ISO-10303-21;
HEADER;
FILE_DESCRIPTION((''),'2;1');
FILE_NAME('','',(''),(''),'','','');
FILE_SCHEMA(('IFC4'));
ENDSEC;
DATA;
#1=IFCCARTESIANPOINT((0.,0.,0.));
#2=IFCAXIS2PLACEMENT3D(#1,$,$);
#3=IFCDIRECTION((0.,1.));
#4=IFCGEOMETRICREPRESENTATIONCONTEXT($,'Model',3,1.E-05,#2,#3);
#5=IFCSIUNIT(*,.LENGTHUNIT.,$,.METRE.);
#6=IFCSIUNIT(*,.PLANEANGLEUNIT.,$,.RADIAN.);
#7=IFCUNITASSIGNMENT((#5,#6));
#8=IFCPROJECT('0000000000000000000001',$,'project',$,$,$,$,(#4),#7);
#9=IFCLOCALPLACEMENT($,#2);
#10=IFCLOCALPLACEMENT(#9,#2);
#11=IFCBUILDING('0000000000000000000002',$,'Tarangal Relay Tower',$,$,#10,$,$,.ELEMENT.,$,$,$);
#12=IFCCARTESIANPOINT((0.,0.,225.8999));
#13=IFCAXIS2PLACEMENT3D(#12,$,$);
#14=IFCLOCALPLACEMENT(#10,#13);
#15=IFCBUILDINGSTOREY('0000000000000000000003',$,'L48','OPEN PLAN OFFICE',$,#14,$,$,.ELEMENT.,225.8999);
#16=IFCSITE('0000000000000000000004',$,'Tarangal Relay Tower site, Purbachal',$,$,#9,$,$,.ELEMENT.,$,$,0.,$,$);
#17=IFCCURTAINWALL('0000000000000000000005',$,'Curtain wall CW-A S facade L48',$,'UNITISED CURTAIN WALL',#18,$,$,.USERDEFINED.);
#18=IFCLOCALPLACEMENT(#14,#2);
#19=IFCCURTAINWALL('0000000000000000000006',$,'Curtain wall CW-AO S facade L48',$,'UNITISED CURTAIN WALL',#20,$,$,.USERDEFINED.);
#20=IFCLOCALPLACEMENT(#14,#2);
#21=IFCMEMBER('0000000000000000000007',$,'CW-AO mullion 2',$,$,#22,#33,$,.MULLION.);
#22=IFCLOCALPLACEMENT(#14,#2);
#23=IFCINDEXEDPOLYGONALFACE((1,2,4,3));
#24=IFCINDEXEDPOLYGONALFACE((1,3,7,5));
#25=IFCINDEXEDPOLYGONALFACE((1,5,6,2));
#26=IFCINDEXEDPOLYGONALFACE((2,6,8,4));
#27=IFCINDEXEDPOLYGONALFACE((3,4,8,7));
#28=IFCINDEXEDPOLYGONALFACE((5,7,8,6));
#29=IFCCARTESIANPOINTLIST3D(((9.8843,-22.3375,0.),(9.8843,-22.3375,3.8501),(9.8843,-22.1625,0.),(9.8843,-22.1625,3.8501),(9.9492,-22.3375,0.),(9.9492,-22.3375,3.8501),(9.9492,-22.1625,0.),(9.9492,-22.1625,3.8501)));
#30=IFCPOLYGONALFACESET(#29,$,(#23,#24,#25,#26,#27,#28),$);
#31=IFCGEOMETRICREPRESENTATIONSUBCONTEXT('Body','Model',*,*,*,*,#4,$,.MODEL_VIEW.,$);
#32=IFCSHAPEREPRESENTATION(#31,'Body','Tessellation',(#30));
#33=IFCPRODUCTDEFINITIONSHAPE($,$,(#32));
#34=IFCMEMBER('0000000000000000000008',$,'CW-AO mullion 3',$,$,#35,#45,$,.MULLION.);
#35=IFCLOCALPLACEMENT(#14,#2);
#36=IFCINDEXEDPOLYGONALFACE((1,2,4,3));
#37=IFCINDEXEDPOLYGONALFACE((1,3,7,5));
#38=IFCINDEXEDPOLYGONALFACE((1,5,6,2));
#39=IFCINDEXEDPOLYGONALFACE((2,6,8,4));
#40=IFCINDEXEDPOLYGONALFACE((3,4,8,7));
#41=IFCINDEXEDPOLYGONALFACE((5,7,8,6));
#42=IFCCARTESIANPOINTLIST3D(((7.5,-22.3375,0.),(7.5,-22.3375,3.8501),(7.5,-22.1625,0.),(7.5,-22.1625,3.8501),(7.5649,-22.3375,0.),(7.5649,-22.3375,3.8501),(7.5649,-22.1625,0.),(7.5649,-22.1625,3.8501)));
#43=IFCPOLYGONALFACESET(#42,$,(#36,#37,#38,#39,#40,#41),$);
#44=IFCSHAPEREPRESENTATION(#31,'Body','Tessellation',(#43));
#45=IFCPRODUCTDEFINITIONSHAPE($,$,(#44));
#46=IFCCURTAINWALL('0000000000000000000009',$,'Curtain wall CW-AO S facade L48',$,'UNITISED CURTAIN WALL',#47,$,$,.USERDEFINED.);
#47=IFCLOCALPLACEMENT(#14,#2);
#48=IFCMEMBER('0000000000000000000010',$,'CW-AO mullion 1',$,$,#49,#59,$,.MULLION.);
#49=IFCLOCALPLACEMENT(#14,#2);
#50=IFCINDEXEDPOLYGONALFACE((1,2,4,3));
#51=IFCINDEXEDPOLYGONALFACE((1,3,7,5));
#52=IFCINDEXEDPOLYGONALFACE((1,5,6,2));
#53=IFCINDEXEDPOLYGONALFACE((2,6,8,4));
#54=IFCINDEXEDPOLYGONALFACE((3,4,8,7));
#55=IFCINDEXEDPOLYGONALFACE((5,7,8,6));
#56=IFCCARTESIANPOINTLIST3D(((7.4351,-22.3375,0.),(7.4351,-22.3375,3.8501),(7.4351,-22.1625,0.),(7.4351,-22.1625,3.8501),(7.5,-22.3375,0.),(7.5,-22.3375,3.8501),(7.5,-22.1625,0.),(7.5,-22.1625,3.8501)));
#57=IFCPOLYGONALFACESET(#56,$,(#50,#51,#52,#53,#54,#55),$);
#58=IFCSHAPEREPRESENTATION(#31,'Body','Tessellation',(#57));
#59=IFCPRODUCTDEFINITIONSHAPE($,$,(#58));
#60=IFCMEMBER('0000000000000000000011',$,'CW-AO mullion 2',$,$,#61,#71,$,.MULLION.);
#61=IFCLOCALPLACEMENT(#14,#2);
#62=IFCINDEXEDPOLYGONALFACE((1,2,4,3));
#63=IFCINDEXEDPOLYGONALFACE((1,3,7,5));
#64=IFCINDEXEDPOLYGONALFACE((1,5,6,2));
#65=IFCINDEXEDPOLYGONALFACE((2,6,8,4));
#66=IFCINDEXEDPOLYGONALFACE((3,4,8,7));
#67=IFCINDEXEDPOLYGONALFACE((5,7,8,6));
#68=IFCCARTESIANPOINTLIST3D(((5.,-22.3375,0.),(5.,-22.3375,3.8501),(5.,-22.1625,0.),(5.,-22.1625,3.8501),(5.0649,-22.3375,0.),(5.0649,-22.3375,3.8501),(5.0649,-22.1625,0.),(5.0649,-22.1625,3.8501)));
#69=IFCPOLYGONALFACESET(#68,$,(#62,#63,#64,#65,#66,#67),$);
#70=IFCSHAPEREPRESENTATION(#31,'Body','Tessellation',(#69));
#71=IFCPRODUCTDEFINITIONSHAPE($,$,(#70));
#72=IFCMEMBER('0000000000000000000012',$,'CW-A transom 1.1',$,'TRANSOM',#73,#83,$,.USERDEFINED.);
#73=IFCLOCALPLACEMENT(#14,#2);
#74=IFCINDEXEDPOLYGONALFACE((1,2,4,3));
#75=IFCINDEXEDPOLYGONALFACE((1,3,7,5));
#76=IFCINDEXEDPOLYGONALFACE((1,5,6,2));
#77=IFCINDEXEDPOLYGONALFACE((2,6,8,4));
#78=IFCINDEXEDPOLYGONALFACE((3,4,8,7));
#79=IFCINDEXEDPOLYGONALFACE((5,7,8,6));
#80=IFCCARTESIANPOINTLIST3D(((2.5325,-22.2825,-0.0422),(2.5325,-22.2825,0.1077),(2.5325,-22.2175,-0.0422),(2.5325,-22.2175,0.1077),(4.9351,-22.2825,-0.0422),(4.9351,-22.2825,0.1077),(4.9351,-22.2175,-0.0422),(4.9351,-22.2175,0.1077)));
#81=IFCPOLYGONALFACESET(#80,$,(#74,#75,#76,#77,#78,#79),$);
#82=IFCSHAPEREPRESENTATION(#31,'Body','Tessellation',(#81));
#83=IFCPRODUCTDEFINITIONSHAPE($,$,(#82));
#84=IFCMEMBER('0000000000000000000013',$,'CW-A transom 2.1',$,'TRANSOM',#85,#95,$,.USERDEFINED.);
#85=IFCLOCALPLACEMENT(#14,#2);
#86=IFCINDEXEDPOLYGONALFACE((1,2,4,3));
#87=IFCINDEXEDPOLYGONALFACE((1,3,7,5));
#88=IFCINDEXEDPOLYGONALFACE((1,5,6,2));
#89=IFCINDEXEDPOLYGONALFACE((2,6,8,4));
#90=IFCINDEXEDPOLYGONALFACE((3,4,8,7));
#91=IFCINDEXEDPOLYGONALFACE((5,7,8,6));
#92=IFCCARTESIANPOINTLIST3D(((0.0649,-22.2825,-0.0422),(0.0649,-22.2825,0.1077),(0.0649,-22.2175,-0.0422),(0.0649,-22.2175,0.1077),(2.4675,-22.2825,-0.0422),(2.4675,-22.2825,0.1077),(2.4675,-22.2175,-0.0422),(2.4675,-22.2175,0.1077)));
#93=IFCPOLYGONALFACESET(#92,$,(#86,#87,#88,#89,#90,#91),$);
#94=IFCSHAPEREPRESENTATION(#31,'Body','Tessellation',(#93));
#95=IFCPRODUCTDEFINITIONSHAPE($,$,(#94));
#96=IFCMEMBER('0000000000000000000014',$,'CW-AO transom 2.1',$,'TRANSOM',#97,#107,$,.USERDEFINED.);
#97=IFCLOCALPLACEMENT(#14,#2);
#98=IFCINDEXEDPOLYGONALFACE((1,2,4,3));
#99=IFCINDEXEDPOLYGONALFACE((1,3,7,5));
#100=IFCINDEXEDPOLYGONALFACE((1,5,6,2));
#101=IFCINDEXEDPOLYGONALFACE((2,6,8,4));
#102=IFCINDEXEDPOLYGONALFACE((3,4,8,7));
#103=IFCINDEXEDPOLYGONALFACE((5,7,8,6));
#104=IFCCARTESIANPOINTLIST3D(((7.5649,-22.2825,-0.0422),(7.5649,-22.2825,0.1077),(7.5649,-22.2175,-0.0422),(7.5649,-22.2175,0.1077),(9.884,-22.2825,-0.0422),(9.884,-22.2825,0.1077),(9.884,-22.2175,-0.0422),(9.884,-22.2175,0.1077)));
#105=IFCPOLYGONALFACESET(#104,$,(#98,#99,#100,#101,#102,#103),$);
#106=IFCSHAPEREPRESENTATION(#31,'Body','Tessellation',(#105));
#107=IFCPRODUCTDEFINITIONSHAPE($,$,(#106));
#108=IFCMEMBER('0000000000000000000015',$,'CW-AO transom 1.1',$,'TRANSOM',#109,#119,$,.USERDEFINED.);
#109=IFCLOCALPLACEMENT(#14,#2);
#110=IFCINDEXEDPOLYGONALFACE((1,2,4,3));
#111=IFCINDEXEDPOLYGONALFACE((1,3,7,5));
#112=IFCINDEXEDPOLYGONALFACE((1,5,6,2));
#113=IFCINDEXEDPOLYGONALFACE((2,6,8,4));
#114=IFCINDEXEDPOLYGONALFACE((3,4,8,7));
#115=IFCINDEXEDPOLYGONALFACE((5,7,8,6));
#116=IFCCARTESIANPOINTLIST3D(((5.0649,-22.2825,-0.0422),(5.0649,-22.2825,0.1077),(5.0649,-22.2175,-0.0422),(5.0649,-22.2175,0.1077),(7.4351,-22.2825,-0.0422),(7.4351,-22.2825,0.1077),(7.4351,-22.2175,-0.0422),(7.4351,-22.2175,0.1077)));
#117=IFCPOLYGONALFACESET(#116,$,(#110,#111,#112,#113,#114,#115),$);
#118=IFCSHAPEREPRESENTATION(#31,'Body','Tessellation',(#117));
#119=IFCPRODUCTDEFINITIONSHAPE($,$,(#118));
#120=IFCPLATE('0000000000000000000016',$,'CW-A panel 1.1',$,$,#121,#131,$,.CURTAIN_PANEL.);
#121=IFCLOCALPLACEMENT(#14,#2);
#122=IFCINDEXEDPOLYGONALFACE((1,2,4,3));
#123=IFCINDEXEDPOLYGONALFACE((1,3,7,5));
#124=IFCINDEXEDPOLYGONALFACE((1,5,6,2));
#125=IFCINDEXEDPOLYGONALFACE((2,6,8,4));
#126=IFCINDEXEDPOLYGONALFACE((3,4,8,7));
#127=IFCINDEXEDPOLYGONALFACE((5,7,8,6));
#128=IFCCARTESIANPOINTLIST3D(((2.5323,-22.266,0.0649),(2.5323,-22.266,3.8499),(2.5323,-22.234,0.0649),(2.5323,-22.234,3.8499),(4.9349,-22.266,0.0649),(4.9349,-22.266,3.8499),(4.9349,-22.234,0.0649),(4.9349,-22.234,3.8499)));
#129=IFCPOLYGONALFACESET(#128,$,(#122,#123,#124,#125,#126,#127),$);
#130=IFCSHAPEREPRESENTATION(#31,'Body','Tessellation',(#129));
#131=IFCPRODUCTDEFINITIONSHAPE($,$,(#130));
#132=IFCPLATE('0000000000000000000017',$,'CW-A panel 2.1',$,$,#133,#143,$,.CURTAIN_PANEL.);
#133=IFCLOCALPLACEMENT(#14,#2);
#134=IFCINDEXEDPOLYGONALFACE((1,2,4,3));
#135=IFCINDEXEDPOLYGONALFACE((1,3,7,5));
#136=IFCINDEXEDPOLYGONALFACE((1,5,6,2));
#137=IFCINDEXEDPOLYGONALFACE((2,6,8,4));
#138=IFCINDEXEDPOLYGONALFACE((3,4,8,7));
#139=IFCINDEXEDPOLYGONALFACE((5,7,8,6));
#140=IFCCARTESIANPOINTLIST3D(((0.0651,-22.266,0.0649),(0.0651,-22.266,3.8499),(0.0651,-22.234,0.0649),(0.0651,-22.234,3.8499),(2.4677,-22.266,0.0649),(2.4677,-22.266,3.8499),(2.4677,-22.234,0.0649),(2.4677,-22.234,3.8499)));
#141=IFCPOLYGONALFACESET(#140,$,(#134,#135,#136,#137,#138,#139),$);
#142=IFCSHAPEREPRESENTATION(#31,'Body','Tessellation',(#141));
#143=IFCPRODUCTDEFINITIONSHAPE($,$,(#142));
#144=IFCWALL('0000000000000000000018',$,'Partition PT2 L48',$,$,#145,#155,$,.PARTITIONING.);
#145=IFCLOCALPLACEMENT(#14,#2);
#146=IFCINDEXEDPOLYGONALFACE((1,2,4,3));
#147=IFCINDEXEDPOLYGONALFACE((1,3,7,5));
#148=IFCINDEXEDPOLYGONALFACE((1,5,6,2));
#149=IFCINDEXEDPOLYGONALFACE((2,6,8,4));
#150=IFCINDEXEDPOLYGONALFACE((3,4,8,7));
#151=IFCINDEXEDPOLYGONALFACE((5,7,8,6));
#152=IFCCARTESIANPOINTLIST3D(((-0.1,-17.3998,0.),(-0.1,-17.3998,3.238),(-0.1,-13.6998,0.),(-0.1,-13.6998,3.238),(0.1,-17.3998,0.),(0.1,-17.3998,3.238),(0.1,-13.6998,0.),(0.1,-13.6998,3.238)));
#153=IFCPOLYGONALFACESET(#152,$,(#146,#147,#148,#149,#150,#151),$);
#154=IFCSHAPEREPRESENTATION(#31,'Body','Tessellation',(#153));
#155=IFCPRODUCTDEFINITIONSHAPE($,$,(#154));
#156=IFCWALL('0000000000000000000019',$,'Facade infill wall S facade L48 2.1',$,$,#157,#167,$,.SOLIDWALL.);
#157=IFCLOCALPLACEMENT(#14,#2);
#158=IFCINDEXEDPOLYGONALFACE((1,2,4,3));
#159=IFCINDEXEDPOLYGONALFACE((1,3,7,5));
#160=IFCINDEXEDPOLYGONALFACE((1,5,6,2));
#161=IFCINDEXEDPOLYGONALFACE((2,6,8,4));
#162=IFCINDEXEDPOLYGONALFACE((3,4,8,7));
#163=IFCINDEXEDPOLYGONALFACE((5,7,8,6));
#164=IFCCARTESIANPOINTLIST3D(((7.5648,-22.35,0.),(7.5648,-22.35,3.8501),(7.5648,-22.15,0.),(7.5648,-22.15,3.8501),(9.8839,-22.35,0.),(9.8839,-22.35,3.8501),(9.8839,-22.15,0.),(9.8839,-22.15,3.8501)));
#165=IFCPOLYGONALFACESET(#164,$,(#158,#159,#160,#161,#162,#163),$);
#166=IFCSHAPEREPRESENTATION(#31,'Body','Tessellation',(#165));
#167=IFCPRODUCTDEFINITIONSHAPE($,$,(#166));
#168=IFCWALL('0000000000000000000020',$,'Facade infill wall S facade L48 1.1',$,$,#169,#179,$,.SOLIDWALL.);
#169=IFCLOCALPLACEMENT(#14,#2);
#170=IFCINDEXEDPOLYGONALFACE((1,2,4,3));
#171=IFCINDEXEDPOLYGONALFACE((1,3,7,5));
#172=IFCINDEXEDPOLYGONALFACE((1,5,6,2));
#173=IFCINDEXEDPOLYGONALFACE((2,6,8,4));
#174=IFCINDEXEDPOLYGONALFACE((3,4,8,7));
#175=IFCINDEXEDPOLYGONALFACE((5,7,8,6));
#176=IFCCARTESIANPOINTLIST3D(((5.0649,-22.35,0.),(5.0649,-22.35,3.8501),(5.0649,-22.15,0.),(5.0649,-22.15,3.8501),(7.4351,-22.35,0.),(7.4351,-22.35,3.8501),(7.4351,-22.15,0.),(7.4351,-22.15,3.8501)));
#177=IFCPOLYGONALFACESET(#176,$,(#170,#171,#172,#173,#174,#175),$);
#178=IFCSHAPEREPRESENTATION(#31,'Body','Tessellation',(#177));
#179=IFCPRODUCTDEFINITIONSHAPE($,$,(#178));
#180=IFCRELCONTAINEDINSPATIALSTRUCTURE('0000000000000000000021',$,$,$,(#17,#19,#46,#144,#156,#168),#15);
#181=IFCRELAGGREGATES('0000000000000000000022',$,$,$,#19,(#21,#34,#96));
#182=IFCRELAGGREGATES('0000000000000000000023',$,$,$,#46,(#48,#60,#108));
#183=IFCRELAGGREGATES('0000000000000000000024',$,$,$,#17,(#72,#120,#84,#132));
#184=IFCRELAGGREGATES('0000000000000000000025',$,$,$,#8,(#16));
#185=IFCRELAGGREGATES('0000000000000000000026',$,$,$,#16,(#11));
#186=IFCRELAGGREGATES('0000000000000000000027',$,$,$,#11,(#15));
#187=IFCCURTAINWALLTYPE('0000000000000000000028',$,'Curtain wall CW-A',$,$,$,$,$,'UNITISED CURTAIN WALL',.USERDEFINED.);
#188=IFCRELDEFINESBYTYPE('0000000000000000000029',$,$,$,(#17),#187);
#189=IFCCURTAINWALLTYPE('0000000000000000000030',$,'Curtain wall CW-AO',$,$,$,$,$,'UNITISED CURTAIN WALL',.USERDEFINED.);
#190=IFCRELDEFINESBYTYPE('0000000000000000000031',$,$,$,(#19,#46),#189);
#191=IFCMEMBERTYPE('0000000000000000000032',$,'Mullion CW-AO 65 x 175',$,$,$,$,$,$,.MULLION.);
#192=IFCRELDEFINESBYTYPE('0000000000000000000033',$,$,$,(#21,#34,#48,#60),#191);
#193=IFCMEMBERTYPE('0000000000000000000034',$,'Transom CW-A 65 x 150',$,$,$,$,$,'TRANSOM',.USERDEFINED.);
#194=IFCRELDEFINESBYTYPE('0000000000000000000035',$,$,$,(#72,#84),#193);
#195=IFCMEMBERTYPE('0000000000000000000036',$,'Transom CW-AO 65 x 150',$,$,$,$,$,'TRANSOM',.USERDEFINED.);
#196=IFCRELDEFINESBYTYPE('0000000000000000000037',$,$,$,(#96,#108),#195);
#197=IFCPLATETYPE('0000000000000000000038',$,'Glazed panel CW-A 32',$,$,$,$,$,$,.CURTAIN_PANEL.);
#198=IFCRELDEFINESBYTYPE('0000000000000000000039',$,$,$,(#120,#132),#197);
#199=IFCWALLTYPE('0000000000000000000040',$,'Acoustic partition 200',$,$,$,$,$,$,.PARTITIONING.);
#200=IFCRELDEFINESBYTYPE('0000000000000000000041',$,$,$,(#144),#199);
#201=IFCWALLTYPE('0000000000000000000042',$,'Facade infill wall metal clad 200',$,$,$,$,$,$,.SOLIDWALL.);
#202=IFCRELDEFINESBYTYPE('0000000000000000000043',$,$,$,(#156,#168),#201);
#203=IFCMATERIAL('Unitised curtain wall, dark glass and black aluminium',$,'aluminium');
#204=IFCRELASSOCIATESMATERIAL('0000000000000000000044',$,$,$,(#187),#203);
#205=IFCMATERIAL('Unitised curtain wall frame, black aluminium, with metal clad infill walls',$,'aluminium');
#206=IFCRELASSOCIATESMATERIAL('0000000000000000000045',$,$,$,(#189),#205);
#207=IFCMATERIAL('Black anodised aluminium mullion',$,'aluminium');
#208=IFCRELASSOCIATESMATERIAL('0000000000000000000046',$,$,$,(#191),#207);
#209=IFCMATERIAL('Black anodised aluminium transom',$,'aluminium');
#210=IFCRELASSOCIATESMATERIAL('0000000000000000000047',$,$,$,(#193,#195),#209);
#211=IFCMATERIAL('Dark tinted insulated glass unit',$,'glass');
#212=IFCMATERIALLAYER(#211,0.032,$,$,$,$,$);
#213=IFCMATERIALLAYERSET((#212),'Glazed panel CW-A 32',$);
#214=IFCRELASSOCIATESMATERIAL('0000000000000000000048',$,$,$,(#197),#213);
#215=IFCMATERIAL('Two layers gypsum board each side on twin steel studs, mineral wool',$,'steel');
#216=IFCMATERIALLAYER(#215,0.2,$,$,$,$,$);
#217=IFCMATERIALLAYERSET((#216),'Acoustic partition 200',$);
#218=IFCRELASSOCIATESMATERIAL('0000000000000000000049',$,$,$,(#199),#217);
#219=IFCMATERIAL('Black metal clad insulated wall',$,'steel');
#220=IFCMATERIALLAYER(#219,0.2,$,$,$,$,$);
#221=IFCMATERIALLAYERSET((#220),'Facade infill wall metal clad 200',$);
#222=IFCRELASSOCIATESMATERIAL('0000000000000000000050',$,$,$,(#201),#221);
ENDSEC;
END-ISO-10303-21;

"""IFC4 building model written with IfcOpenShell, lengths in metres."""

from ifc_helpers import new_model, si_unit, direction, frame, frame_2d, origin, origin_2d, place, context, subcontext, project, spatial, rectangle, extrude, material, layer, layer_set, material_profile, profile_set, type_object, element, aggregate, save


model = new_model("IFC4")

# Units and contexts
model_context = context("Model", 3, precision=1e-05, world=origin(), true_north=direction((0.0, 1.0)))
body_context = subcontext(model_context, "Body", "Model", "MODEL_VIEW")
ifc_project = project(units=[si_unit("LENGTHUNIT", "METRE"), si_unit("PLANEANGLEUNIT", "RADIAN")], contexts=[model_context])

# Site, building, storey
site_placement = place(None, origin())
site = spatial("IfcSite", under=ifc_project, at=site_placement, Name="Tarangal Relay Tower site, Purbachal", CompositionType="ELEMENT", RefElevation=0.0)
building_placement = place(site_placement, origin())
building = spatial("IfcBuilding", under=site, at=building_placement, Name="Tarangal Relay Tower", CompositionType="ELEMENT")
storey_placement = place(building_placement, frame((0.0, 0.0, 225.8999)))
storey = spatial("IfcBuildingStorey", under=building, at=storey_placement, Name="L48", Description="OPEN PLAN OFFICE", CompositionType="ELEMENT", Elevation=225.8999)

# Curtain walls, members
ifc_material_1 = material(Name="Unitised curtain wall, dark glass and black aluminium", Category="aluminium")
curtain_wall_type_1 = type_object("IfcCurtainWallType", Name="Curtain wall CW-A", ElementType="UNITISED CURTAIN WALL", PredefinedType="USERDEFINED", material=ifc_material_1)
curtain_wall_1_placement = place(storey_placement, origin())
curtain_wall_1 = element("IfcCurtainWall", 1, at=curtain_wall_1_placement, inside=storey, type_object=curtain_wall_type_1, Name="Curtain wall CW-A S facade L48", ObjectType="UNITISED CURTAIN WALL", PredefinedType="USERDEFINED")
ifc_material_2 = material(Name="Black anodised aluminium mullion", Category="aluminium")
ifc_material_3 = material(Name="Unitised curtain wall frame, black aluminium, with metal clad infill walls", Category="aluminium")
curtain_wall_type_2 = type_object("IfcCurtainWallType", Name="Curtain wall CW-AO", ElementType="UNITISED CURTAIN WALL", PredefinedType="USERDEFINED", material=ifc_material_3)
curtain_wall_2_placement = place(storey_placement, origin())
curtain_wall_2 = element("IfcCurtainWall", 2, at=curtain_wall_2_placement, inside=storey, type_object=curtain_wall_type_2, Name="Curtain wall CW-AO S facade L48", ObjectType="UNITISED CURTAIN WALL", PredefinedType="USERDEFINED")
ifc_material_profile_1 = material_profile(ifc_material_2, rectangle(XDim=0.175, YDim=0.0649, at=origin_2d()), Name="CW-AOM 65X175")
ifc_profile_set_1 = profile_set([ifc_material_profile_1], Name="Black anodised aluminium mullion")
member_type_1 = type_object("IfcMemberType", Name="Mullion CW-AO 65 x 175", PredefinedType="MULLION", material=ifc_profile_set_1)
member_1_placement = place(storey_placement, frame((9.9167, -22.25, 0.0), z_axis=(0.0, 0.0, 1.0), x_axis=(0.0, -1.0, 0.0)))
member_1 = element("IfcMember", 3, at=member_1_placement, type_object=member_type_1, Name="CW-AO mullion 2", PredefinedType="MULLION", context=body_context, shape_type="SweptSolid", body=[
    extrude(rectangle(XDim=0.175, YDim=0.0649, at=origin_2d()), origin(), (0.0, 0.0, 1.0), 3.8501),
])
member_2_placement = place(storey_placement, frame((7.5325, -22.25, 0.0), z_axis=(0.0, 0.0, 1.0), x_axis=(0.0, -1.0, 0.0)))
member_2 = element("IfcMember", 4, at=member_2_placement, type_object=member_type_1, Name="CW-AO mullion 3", PredefinedType="MULLION", context=body_context, shape_type="SweptSolid", body=[
    extrude(rectangle(XDim=0.175, YDim=0.0649, at=origin_2d()), origin(), (0.0, 0.0, 1.0), 3.8501),
])
curtain_wall_3_placement = place(storey_placement, origin())
curtain_wall_3 = element("IfcCurtainWall", 5, at=curtain_wall_3_placement, inside=storey, type_object=curtain_wall_type_2, Name="Curtain wall CW-AO S facade L48", ObjectType="UNITISED CURTAIN WALL", PredefinedType="USERDEFINED")
member_3_placement = place(storey_placement, frame((7.4675, -22.25, 0.0), z_axis=(0.0, 0.0, 1.0), x_axis=(0.0, -1.0, 0.0)))
member_3 = element("IfcMember", 6, at=member_3_placement, type_object=member_type_1, Name="CW-AO mullion 1", PredefinedType="MULLION", context=body_context, shape_type="SweptSolid", body=[
    extrude(rectangle(XDim=0.175, YDim=0.0649, at=origin_2d()), origin(), (0.0, 0.0, 1.0), 3.8501),
])
member_4_placement = place(storey_placement, frame((5.0325, -22.25, 0.0), z_axis=(0.0, 0.0, 1.0), x_axis=(0.0, -1.0, 0.0)))
member_4 = element("IfcMember", 7, at=member_4_placement, type_object=member_type_1, Name="CW-AO mullion 2", PredefinedType="MULLION", context=body_context, shape_type="SweptSolid", body=[
    extrude(rectangle(XDim=0.175, YDim=0.0649, at=origin_2d()), origin(), (0.0, 0.0, 1.0), 3.8501),
])

# Members
ifc_material_4 = material(Name="Black anodised aluminium transom", Category="aluminium")
ifc_material_profile_2 = material_profile(ifc_material_4, rectangle(XDim=0.0649, YDim=0.1499, at=origin_2d()), Name="CW-AT 65X150")
ifc_profile_set_2 = profile_set([ifc_material_profile_2], Name="Black anodised aluminium transom")
member_type_2 = type_object("IfcMemberType", Name="Transom CW-A 65 x 150", ElementType="TRANSOM", PredefinedType="USERDEFINED", material=ifc_profile_set_2)
member_5_placement = place(storey_placement, frame((4.9351, -22.25, 0.0327), z_axis=(-1.0, 0.0, 0.0), x_axis=(0.0, -1.0, 0.0)))
member_5 = element("IfcMember", 8, at=member_5_placement, type_object=member_type_2, Name="CW-A transom 1.1", ObjectType="TRANSOM", PredefinedType="USERDEFINED", context=body_context, shape_type="SweptSolid", body=[
    extrude(rectangle(XDim=0.0649, YDim=0.1499, at=origin_2d()), origin(), (0.0, 0.0, 1.0), 2.4026),
])
member_6_placement = place(storey_placement, frame((2.4675, -22.25, 0.0327), z_axis=(-1.0, 0.0, 0.0), x_axis=(0.0, -1.0, 0.0)))
member_6 = element("IfcMember", 9, at=member_6_placement, type_object=member_type_2, Name="CW-A transom 2.1", ObjectType="TRANSOM", PredefinedType="USERDEFINED", context=body_context, shape_type="SweptSolid", body=[
    extrude(rectangle(XDim=0.0649, YDim=0.1499, at=origin_2d()), origin(), (0.0, 0.0, 1.0), 2.4026),
])
ifc_material_profile_3 = material_profile(ifc_material_4, rectangle(XDim=0.0649, YDim=0.1499, at=origin_2d()), Name="CW-AOT 65X150")
ifc_profile_set_3 = profile_set([ifc_material_profile_3], Name="Black anodised aluminium transom")
member_type_3 = type_object("IfcMemberType", Name="Transom CW-AO 65 x 150", ElementType="TRANSOM", PredefinedType="USERDEFINED", material=ifc_profile_set_3)
member_7_placement = place(storey_placement, frame((9.884, -22.25, 0.0327), z_axis=(-1.0, 0.0, 0.0), x_axis=(0.0, -1.0, 0.0)))
member_7 = element("IfcMember", 10, at=member_7_placement, type_object=member_type_3, Name="CW-AO transom 2.1", ObjectType="TRANSOM", PredefinedType="USERDEFINED", context=body_context, shape_type="SweptSolid", body=[
    extrude(rectangle(XDim=0.0649, YDim=0.1499, at=origin_2d()), origin(), (0.0, 0.0, 1.0), 2.3191),
])
aggregate(curtain_wall_2, [member_1, member_2, member_7])
member_8_placement = place(storey_placement, frame((7.4351, -22.25, 0.0327), z_axis=(-1.0, 0.0, 0.0), x_axis=(0.0, -1.0, 0.0)))
member_8 = element("IfcMember", 11, at=member_8_placement, type_object=member_type_3, Name="CW-AO transom 1.1", ObjectType="TRANSOM", PredefinedType="USERDEFINED", context=body_context, shape_type="SweptSolid", body=[
    extrude(rectangle(XDim=0.0649, YDim=0.1499, at=origin_2d()), origin(), (0.0, 0.0, 1.0), 2.3701),
])
aggregate(curtain_wall_3, [member_3, member_4, member_8])

# Plates
ifc_material_5 = material(Name="Dark tinted insulated glass unit", Category="glass")
ifc_layer_1 = layer(ifc_material_5, 0.032)
ifc_layer_set_1 = layer_set([ifc_layer_1], Name="Glazed panel CW-A 32")
plate_type = type_object("IfcPlateType", Name="Glazed panel CW-A 32", PredefinedType="CURTAIN_PANEL", material=ifc_layer_set_1)
plate_1_placement = place(storey_placement, frame((3.7336, -22.25, 0.0649), z_axis=(0.0, 0.0, 1.0), x_axis=(-1.0, 0.0, 0.0)))
plate_1 = element("IfcPlate", 12, at=plate_1_placement, type_object=plate_type, Name="CW-A panel 1.1", PredefinedType="CURTAIN_PANEL", context=body_context, shape_type="SweptSolid", body=[
    extrude(rectangle(XDim=2.4026, YDim=0.032, at=origin_2d()), origin(), (0.0, 0.0, 1.0), 3.7849),
])
plate_2_placement = place(storey_placement, frame((1.2664, -22.25, 0.0649), z_axis=(0.0, 0.0, 1.0), x_axis=(-1.0, 0.0, 0.0)))
plate_2 = element("IfcPlate", 13, at=plate_2_placement, type_object=plate_type, Name="CW-A panel 2.1", PredefinedType="CURTAIN_PANEL", context=body_context, shape_type="SweptSolid", body=[
    extrude(rectangle(XDim=2.4026, YDim=0.032, at=origin_2d()), origin(), (0.0, 0.0, 1.0), 3.7849),
])
aggregate(curtain_wall_1, [member_5, plate_1, member_6, plate_2])

# Walls
ifc_material_6 = material(Name="Two layers gypsum board each side on twin steel studs, mineral wool", Category="steel")
ifc_layer_2 = layer(ifc_material_6, 0.2)
ifc_layer_set_2 = layer_set([ifc_layer_2], Name="Acoustic partition 200")
wall_type_1 = type_object("IfcWallType", Name="Acoustic partition 200", PredefinedType="PARTITIONING", material=ifc_layer_set_2)
wall_1_placement = place(storey_placement, frame((0.0, -17.3999, 0.0), z_axis=(0.0, 0.0, 1.0), x_axis=(0.0, 1.0, 0.0)))
element("IfcWall", 14, at=wall_1_placement, inside=storey, type_object=wall_type_1, Name="Partition PT2 L48", PredefinedType="PARTITIONING", context=body_context, shape_type="SweptSolid", body=[
    extrude(rectangle(XDim=3.7, YDim=0.2, at=frame_2d((1.8501, 0.0))), origin(), (0.0, 0.0, 1.0), 3.238),
])
ifc_material_7 = material(Name="Black metal clad insulated wall", Category="steel")
ifc_layer_3 = layer(ifc_material_7, 0.2)
ifc_layer_set_3 = layer_set([ifc_layer_3], Name="Facade infill wall metal clad 200")
wall_type_2 = type_object("IfcWallType", Name="Facade infill wall metal clad 200", PredefinedType="SOLIDWALL", material=ifc_layer_set_3)
wall_2_placement = place(storey_placement, frame((9.884, -22.25, 0.0), z_axis=(0.0, 0.0, 1.0), x_axis=(-1.0, 0.0, 0.0)))
element("IfcWall", 15, at=wall_2_placement, inside=storey, type_object=wall_type_2, Name="Facade infill wall S facade L48 2.1", PredefinedType="SOLIDWALL", context=body_context, shape_type="SweptSolid", body=[
    extrude(rectangle(XDim=2.3191, YDim=0.2, at=frame_2d((1.1597, 0.0))), origin(), (0.0, 0.0, 1.0), 3.8501),
])
wall_3_placement = place(storey_placement, frame((7.4351, -22.25, 0.0), z_axis=(0.0, 0.0, 1.0), x_axis=(-1.0, 0.0, 0.0)))
element("IfcWall", 16, at=wall_3_placement, inside=storey, type_object=wall_type_2, Name="Facade infill wall S facade L48 1.1", PredefinedType="SOLIDWALL", context=body_context, shape_type="SweptSolid", body=[
    extrude(rectangle(XDim=2.3701, YDim=0.2, at=frame_2d((1.1851, 0.0))), origin(), (0.0, 0.0, 1.0), 3.8501),
])

save(model, "model.ifc")
